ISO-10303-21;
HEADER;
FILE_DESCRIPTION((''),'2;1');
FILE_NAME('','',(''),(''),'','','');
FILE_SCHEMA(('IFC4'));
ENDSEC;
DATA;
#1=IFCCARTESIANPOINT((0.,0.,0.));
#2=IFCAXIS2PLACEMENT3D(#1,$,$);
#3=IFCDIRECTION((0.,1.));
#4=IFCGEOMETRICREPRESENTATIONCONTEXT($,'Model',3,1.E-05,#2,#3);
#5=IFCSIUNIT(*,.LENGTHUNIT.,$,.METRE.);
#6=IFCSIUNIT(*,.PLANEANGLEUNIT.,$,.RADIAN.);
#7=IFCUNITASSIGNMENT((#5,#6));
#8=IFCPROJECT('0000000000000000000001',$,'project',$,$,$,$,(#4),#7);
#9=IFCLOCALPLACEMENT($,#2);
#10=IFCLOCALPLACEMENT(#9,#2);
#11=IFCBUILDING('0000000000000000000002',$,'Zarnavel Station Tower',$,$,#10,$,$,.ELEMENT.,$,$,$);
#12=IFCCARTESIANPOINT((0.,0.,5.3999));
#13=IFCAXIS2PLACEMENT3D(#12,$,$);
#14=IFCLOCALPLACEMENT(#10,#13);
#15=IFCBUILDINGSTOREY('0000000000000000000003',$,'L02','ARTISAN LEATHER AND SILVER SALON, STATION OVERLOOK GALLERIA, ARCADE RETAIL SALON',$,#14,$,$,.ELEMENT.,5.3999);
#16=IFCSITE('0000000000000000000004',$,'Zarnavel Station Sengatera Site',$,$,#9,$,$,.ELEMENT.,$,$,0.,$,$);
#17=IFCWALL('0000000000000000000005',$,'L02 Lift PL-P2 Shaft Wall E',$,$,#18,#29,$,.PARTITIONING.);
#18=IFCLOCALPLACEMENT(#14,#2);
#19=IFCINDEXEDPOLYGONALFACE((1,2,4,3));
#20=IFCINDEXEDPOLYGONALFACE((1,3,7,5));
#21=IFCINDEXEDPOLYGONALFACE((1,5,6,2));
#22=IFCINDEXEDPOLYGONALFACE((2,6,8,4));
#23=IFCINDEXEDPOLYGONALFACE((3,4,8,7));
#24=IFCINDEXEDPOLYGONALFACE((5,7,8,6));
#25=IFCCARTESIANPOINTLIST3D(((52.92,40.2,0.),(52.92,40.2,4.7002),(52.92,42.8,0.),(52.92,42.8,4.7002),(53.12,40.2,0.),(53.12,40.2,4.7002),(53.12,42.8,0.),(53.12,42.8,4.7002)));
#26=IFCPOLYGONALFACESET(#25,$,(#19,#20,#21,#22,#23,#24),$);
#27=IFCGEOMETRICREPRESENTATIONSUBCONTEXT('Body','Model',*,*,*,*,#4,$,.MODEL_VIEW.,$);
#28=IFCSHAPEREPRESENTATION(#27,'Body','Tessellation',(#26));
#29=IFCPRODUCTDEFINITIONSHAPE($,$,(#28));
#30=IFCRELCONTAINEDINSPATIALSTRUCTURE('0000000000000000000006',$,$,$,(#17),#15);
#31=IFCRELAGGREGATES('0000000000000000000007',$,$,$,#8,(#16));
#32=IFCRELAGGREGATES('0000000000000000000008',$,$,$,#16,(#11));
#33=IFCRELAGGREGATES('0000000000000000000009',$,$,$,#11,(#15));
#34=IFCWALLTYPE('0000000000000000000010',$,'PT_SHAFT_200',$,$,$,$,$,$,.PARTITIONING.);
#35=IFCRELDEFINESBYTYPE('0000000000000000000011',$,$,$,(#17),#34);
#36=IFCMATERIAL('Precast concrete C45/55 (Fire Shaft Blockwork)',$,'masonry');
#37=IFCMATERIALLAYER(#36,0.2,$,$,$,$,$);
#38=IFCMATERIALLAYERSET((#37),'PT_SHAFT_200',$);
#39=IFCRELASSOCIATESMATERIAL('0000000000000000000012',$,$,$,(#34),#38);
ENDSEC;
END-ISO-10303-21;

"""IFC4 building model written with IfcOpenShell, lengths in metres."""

from ifc_helpers import new_model, si_unit, direction, frame, frame_2d, origin, place, context, subcontext, project, spatial, rectangle, extrude, material, layer, layer_set, type_object, element, save


model = new_model("IFC4")

# Units and contexts
model_context = context("Model", 3, precision=1e-05, world=origin(), true_north=direction((0.0, 1.0)))
body_context = subcontext(model_context, "Body", "Model", "MODEL_VIEW")
ifc_project = project(units=[si_unit("LENGTHUNIT", "METRE"), si_unit("PLANEANGLEUNIT", "RADIAN")], contexts=[model_context])

# Site, building, storey
site_placement = place(None, origin())
site = spatial("IfcSite", under=ifc_project, at=site_placement, Name="Zarnavel Station Sengatera Site", CompositionType="ELEMENT", RefElevation=0.0)
building_placement = place(site_placement, origin())
building = spatial("IfcBuilding", under=site, at=building_placement, Name="Zarnavel Station Tower", CompositionType="ELEMENT")
storey_placement = place(building_placement, frame((0.0, 0.0, 5.3999)))
storey = spatial("IfcBuildingStorey", under=building, at=storey_placement, Name="L02", Description="ARTISAN LEATHER AND SILVER SALON, STATION OVERLOOK GALLERIA, ARCADE RETAIL SALON", CompositionType="ELEMENT", Elevation=5.3999)

# Shared definitions
ifc_material_1 = material(Name="Precast concrete C45/55 (Fire Shaft Blockwork)", Category="masonry")
ifc_layer_1 = layer(ifc_material_1, 0.2)
ifc_layer_set_1 = layer_set([ifc_layer_1], Name="PT_SHAFT_200")
wall_type_1 = type_object("IfcWallType", Name="PT_SHAFT_200", PredefinedType="PARTITIONING", material=ifc_layer_set_1)

# Wall
wall_1_placement = place(storey_placement, frame((53.02, 40.2, 0.0), z_axis=(0.0, 0.0, 1.0), x_axis=(0.0, 1.0, 0.0)))
element("IfcWall", 1, at=wall_1_placement, inside=storey, type_object=wall_type_1, Name="L02 Lift PL-P2 Shaft Wall E", PredefinedType="PARTITIONING", context=body_context, shape_type="SweptSolid", body=[
    extrude(rectangle(XDim=2.6001, YDim=0.2, at=frame_2d((1.3, 0.0))), origin(), (0.0, 0.0, 1.0), 4.7002),
])

save(model, "model.ifc")
